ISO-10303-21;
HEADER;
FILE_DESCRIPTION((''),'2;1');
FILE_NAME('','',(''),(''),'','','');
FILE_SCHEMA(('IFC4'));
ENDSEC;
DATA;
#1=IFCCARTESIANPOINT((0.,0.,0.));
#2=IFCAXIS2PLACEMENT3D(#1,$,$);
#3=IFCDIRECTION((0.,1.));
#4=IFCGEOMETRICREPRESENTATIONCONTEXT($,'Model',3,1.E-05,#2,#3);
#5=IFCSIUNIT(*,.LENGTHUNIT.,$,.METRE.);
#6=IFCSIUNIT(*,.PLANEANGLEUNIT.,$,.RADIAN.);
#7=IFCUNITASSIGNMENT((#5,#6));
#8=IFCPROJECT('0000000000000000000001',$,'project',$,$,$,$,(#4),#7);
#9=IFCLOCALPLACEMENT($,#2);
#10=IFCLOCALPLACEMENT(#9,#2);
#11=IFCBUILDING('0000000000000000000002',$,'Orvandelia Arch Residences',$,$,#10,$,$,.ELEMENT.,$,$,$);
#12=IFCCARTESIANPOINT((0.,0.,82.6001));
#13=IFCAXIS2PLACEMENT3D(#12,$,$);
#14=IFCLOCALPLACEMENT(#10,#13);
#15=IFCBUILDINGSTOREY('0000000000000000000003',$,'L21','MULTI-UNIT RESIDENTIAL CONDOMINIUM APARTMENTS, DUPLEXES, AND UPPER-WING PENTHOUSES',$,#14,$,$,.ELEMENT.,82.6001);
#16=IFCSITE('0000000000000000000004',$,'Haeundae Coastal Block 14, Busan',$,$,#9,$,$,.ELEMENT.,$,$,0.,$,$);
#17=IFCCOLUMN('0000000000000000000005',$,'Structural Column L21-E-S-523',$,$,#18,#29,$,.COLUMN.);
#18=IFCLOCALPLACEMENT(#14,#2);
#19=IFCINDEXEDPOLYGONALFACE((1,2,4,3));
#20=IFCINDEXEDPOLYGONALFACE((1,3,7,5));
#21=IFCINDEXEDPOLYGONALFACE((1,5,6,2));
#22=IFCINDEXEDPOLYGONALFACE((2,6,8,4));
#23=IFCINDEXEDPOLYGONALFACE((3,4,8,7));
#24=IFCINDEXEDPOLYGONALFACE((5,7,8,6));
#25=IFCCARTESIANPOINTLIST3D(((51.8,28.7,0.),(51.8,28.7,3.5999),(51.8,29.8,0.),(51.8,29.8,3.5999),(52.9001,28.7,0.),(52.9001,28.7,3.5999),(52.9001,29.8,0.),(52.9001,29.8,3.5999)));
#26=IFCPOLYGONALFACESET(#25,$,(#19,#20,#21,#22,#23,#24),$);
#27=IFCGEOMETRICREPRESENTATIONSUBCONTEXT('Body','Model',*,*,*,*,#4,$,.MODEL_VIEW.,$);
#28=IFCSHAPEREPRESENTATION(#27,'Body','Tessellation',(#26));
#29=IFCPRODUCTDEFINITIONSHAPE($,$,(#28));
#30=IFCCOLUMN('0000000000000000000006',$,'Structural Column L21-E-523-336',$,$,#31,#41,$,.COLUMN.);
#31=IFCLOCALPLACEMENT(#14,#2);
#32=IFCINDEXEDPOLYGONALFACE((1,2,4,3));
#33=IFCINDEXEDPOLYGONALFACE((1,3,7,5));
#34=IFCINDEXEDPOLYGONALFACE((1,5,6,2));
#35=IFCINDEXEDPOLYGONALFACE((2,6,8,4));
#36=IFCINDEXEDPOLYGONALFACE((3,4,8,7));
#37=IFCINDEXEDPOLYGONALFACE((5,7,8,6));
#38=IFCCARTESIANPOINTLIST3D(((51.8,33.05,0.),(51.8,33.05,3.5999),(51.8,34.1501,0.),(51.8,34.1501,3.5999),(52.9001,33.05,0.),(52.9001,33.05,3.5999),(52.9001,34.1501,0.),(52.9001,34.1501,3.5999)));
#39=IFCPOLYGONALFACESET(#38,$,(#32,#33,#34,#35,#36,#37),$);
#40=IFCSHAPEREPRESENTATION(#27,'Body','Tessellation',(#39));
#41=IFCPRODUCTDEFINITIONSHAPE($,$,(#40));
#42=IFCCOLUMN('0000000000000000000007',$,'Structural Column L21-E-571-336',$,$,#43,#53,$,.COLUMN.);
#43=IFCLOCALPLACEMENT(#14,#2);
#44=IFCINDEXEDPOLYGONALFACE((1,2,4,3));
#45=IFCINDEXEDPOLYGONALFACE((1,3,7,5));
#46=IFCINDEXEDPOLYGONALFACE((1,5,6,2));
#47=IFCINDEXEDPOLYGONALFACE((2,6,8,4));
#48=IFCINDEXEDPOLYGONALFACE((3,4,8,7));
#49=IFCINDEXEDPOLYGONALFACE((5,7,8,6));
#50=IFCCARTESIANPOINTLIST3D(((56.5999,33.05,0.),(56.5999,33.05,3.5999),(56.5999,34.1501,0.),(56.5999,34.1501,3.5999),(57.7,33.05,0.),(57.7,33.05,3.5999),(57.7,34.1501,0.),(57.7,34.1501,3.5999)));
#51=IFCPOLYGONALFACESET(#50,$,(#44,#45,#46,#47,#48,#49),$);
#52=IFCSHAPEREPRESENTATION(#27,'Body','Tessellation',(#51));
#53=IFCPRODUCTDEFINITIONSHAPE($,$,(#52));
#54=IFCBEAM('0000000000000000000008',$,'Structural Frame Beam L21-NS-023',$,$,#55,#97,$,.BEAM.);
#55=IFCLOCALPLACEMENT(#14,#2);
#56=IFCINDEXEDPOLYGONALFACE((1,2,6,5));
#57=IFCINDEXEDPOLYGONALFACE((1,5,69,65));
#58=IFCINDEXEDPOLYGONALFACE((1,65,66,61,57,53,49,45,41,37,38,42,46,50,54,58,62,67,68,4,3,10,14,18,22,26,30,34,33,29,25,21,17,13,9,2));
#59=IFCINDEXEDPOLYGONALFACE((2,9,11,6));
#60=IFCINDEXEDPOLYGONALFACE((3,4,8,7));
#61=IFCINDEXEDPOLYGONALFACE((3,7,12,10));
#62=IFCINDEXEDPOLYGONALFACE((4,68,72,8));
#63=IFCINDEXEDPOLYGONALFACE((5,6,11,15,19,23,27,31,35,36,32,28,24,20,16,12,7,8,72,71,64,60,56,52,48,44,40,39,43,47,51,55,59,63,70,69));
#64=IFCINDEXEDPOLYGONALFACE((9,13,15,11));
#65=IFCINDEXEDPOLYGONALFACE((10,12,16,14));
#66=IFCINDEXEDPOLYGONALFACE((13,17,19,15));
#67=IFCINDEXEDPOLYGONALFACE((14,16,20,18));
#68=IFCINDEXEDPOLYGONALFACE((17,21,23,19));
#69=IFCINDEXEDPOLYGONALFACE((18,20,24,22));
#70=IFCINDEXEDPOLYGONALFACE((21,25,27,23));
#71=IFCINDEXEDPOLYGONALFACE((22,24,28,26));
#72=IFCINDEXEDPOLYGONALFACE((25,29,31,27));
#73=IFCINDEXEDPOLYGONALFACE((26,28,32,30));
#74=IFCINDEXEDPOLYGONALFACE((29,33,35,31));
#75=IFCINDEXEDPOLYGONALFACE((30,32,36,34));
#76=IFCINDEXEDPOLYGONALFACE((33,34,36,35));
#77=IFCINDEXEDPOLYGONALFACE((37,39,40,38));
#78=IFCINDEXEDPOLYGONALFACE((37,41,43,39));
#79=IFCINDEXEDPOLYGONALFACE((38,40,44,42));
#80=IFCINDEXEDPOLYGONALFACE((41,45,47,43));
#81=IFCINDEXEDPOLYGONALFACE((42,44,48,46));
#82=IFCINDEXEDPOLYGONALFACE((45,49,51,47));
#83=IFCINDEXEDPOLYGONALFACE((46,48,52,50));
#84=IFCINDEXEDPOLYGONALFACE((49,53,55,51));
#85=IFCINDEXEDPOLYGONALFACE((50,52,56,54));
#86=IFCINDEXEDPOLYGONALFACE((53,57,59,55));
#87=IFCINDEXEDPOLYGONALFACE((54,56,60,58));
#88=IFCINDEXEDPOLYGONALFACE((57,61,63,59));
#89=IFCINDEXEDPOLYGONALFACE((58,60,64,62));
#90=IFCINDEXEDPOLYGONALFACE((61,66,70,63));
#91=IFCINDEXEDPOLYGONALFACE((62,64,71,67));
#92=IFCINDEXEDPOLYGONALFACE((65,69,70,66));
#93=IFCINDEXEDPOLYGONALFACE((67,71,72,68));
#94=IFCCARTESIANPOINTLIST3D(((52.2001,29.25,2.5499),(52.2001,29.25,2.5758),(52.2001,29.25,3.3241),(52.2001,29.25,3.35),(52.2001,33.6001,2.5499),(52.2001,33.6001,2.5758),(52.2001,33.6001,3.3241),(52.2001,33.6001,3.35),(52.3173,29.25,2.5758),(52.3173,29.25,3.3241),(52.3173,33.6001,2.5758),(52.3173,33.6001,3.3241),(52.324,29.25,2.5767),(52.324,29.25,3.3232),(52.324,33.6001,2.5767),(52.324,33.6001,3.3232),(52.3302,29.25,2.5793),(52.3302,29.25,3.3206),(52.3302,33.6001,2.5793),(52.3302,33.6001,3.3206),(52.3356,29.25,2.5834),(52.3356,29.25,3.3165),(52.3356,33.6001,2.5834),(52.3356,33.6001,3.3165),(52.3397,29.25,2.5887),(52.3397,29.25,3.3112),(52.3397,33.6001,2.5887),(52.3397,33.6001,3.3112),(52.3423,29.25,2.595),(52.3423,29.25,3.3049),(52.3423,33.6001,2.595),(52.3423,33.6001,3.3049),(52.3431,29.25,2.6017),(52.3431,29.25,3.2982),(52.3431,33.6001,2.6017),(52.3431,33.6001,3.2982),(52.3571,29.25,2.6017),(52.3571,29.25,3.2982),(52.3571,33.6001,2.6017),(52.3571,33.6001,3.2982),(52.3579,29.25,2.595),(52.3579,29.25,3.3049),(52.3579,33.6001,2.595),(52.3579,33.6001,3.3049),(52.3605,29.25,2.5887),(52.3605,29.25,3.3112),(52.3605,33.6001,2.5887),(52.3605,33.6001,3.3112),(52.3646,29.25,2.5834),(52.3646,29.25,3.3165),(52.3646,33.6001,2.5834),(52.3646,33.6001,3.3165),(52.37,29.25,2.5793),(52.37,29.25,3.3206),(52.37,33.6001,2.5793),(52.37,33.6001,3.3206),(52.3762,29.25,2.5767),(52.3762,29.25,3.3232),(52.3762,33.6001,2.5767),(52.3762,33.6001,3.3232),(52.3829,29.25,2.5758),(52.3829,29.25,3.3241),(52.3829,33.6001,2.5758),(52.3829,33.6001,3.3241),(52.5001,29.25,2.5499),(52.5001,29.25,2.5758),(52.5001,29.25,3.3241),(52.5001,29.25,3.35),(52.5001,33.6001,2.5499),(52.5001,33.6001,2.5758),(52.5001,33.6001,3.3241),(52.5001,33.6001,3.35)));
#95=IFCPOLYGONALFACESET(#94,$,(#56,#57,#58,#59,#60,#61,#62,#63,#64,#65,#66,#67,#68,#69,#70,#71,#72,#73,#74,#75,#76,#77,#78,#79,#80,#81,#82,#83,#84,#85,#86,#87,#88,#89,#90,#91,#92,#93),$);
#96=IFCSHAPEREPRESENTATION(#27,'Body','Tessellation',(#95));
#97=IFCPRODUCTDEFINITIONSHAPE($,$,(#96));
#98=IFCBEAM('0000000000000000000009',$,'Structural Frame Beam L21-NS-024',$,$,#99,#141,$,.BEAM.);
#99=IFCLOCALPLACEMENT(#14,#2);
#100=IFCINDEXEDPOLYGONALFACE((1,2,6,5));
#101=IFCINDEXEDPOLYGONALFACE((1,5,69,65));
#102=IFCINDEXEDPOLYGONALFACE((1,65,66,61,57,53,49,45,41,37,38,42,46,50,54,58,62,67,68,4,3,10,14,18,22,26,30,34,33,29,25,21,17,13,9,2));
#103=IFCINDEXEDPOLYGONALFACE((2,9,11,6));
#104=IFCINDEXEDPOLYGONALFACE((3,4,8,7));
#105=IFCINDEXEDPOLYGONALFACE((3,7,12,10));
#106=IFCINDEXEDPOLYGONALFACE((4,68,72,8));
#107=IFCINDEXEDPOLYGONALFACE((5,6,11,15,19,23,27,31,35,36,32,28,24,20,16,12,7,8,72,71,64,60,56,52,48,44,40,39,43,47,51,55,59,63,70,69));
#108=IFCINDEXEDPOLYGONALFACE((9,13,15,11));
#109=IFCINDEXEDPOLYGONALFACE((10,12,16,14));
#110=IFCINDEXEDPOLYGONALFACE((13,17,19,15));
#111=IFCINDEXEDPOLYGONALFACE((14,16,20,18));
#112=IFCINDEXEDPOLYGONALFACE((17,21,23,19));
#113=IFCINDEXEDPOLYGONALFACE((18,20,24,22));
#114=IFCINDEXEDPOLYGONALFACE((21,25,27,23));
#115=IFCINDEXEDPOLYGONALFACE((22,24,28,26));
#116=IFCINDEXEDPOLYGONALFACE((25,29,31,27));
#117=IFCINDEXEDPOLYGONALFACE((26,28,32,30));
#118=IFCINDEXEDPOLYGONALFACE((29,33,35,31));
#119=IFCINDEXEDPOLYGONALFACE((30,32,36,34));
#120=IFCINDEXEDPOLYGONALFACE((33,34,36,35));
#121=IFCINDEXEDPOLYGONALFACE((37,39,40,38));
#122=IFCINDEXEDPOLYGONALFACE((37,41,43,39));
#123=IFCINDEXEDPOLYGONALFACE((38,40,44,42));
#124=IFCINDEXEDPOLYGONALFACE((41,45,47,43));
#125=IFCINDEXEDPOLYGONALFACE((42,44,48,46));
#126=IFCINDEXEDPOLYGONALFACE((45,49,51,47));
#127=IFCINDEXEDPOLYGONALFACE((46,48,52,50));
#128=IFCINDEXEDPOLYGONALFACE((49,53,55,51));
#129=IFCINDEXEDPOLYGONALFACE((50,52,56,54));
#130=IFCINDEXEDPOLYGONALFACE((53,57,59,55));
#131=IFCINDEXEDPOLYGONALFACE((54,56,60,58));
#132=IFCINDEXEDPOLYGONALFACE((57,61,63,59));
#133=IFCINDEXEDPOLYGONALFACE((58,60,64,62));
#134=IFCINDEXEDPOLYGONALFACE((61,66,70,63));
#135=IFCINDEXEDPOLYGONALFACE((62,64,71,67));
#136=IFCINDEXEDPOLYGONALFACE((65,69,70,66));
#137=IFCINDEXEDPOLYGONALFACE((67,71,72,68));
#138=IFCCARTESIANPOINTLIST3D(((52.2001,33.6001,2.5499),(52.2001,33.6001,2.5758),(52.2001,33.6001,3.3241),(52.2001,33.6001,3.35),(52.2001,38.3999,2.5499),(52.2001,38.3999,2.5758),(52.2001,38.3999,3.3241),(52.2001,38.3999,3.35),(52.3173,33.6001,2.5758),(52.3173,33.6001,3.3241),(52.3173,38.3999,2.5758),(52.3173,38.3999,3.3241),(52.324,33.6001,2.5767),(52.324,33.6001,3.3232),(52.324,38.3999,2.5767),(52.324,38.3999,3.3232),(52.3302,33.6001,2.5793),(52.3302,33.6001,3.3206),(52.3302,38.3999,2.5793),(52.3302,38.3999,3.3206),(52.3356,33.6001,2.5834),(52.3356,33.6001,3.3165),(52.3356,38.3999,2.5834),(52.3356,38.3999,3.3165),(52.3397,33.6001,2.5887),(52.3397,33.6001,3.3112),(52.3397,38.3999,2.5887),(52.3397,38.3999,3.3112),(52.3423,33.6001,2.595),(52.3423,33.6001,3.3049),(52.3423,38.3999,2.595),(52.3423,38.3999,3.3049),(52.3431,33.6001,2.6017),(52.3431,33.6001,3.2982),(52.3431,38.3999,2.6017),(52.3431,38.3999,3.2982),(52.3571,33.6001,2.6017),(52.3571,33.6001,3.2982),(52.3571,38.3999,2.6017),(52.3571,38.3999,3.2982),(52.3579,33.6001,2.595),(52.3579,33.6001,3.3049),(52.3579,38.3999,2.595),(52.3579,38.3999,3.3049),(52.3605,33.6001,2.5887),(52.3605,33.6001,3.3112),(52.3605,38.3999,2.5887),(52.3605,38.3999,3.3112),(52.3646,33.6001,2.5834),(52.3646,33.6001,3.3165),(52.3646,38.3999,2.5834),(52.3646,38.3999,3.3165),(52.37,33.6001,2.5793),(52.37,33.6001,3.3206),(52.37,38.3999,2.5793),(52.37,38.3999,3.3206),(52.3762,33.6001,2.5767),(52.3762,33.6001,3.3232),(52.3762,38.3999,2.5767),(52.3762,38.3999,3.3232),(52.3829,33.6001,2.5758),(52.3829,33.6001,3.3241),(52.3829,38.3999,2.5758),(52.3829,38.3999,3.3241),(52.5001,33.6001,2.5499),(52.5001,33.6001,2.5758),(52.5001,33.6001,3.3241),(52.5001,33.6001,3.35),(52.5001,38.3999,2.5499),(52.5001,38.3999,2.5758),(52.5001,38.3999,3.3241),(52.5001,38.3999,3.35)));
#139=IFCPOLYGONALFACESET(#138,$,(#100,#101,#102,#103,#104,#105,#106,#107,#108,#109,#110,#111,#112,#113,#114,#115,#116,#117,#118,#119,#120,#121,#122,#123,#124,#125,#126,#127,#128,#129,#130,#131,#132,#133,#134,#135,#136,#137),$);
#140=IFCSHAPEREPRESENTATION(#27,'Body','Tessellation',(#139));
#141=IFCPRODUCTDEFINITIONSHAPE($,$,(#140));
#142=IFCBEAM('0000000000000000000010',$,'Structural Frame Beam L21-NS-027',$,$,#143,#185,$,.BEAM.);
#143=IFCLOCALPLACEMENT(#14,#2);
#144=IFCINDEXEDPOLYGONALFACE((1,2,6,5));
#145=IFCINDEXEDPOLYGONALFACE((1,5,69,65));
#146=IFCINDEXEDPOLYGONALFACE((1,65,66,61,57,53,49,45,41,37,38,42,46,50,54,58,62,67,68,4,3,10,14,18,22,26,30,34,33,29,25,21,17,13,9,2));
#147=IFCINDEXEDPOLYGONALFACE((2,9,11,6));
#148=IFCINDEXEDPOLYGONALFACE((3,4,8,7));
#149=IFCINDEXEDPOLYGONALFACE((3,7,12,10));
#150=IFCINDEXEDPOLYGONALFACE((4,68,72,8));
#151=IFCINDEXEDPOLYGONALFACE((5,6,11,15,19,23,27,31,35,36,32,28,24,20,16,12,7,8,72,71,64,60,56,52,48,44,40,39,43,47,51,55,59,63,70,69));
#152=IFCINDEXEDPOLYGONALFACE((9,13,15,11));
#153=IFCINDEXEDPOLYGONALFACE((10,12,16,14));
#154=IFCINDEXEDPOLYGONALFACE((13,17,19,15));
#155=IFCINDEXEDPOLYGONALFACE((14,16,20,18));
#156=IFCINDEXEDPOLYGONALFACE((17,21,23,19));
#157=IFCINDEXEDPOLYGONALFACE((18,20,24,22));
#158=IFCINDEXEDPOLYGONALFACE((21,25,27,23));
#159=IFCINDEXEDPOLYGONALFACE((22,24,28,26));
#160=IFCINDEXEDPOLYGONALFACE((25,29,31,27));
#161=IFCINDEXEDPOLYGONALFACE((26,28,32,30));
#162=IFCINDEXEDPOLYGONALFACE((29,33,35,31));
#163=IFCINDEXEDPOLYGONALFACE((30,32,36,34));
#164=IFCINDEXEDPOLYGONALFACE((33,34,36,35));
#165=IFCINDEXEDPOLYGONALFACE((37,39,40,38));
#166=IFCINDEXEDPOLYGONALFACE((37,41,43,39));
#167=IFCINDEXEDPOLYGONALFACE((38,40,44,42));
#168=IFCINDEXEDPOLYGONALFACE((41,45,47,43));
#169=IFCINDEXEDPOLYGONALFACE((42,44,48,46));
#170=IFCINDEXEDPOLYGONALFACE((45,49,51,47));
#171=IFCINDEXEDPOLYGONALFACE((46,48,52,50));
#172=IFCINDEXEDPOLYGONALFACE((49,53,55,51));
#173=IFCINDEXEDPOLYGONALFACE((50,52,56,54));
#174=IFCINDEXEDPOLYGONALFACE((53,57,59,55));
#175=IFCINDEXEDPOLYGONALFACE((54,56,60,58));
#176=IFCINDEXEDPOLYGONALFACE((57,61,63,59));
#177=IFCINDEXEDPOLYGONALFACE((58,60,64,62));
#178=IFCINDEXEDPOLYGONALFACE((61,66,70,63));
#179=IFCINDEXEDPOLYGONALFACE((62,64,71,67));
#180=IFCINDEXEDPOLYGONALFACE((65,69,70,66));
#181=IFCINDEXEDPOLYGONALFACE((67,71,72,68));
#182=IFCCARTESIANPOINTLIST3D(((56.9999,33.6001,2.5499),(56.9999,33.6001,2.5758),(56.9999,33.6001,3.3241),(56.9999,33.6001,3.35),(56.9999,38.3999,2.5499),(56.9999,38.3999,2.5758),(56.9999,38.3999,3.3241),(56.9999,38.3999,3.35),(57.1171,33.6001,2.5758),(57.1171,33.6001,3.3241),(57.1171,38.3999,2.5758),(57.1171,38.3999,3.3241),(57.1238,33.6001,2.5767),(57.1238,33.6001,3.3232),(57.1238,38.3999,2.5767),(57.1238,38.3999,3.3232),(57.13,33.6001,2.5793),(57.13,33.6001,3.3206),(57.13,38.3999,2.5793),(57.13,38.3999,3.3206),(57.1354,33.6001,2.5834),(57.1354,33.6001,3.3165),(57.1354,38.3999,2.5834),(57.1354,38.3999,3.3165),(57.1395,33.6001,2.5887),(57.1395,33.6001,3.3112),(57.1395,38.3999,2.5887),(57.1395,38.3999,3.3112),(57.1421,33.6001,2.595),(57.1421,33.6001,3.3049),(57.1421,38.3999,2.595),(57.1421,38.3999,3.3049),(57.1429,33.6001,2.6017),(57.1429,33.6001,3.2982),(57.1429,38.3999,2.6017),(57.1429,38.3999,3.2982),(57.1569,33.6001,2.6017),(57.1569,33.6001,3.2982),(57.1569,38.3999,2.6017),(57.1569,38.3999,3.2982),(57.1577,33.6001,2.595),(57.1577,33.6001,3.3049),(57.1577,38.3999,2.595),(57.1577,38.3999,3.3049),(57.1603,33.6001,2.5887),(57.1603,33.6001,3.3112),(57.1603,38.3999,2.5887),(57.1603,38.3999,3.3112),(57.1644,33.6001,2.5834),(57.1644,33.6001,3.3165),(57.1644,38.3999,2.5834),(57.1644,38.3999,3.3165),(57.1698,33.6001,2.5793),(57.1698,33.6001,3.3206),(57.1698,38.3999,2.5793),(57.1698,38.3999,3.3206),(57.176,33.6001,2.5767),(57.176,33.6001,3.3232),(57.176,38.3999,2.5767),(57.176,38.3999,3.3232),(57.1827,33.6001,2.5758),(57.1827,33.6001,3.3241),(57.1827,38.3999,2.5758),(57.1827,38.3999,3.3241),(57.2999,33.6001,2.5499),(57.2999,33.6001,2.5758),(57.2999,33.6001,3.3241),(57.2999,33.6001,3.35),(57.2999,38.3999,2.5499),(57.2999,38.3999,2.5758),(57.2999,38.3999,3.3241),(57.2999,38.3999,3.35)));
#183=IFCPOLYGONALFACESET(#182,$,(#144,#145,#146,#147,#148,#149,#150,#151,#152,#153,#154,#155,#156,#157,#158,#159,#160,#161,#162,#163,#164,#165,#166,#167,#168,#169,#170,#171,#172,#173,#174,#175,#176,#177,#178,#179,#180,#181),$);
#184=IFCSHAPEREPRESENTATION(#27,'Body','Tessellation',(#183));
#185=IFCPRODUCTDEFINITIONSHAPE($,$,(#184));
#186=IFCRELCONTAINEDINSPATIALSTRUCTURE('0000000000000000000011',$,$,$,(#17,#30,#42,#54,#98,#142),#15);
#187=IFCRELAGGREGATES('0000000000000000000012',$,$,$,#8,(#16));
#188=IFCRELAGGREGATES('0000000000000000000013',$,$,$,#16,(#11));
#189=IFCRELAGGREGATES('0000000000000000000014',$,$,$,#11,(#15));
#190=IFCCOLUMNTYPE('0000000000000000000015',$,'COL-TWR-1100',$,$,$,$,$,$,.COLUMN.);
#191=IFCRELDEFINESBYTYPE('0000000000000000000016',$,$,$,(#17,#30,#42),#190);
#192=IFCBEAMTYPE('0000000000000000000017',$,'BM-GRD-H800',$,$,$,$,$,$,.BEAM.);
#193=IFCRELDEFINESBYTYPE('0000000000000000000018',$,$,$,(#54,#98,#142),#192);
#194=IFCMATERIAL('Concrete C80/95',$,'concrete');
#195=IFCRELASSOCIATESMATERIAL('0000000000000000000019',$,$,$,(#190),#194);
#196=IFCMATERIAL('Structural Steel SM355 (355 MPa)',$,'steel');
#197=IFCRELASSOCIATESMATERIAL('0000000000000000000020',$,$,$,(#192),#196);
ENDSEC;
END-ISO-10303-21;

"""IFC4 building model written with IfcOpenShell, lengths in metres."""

from ifc_helpers import new_model, si_unit, direction, frame, origin, origin_2d, place, context, subcontext, project, spatial, rectangle, i_section, extrude, material, material_profile, profile_set, type_object, element, save


model = new_model("IFC4")

# Units and contexts
model_context = context("Model", 3, precision=1e-05, world=origin(), true_north=direction((0.0, 1.0)))
body_context = subcontext(model_context, "Body", "Model", "MODEL_VIEW")
ifc_project = project(units=[si_unit("LENGTHUNIT", "METRE"), si_unit("PLANEANGLEUNIT", "RADIAN")], contexts=[model_context])

# Site, building, storey
site_placement = place(None, origin())
site = spatial("IfcSite", under=ifc_project, at=site_placement, Name="Haeundae Coastal Block 14, Busan", CompositionType="ELEMENT", RefElevation=0.0)
building_placement = place(site_placement, origin())
building = spatial("IfcBuilding", under=site, at=building_placement, Name="Orvandelia Arch Residences", CompositionType="ELEMENT")
storey_placement = place(building_placement, frame((0.0, 0.0, 82.6001)))
storey = spatial("IfcBuildingStorey", under=building, at=storey_placement, Name="L21", Description="MULTI-UNIT RESIDENTIAL CONDOMINIUM APARTMENTS, DUPLEXES, AND UPPER-WING PENTHOUSES", CompositionType="ELEMENT", Elevation=82.6001)

# Columns
ifc_material_1 = material(Name="Concrete C80/95", Category="concrete")
ifc_material_profile_1 = material_profile(ifc_material_1, rectangle(XDim=1.1001, YDim=1.1001, at=origin_2d()), Name="Concrete C80/95", Category="concrete")
ifc_profile_set_1 = profile_set([ifc_material_profile_1], Name="Concrete C80/95")
column_type = type_object("IfcColumnType", Name="COL-TWR-1100", PredefinedType="COLUMN", material=ifc_profile_set_1)
for number, where, z_axis, x_axis, name in (
    (1, (52.3501, 29.25, 0.0), (0.0, 0.0, 1.0), (1.0, 0.0, 0.0), "Structural Column L21-E-S-523"),
    (2, (52.3501, 33.6001, 0.0), (0.0, 0.0, 1.0), (1.0, 0.0, 0.0), "Structural Column L21-E-523-336"),
    (3, (57.1499, 33.6001, 0.0), (0.0, 0.0, 1.0), (1.0, 0.0, 0.0), "Structural Column L21-E-571-336"),
):
    element("IfcColumn", number, at=place(storey_placement, frame(where, z_axis=z_axis, x_axis=x_axis)), inside=storey, type_object=column_type, Name=name, PredefinedType="COLUMN", context=body_context, shape_type="SweptSolid", body=[
        extrude(rectangle(XDim=1.1001, YDim=1.1001, at=origin_2d()), origin(), (0.0, 0.0, 1.0), 3.5999),
    ])

# Beams
ifc_material_2 = material(Name="Structural Steel SM355 (355 MPa)", Category="steel")
ifc_material_profile_2 = material_profile(ifc_material_2, i_section(OverallWidth=0.3, OverallDepth=0.8, WebThickness=0.0139, FlangeThickness=0.0259, FilletRadius=0.0259, at=origin_2d()), Name="Structural Steel SM355 (355 MPa)", Category="steel")
ifc_profile_set_2 = profile_set([ifc_material_profile_2], Name="Structural Steel SM355 (355 MPa)")
beam_type = type_object("IfcBeamType", Name="BM-GRD-H800", PredefinedType="BEAM", material=ifc_profile_set_2)
beam_placement = place(storey_placement, frame((52.3501, 29.25, 2.95), z_axis=(0.0, 1.0, 0.0), x_axis=(-1.0, 0.0, 0.0)))
element("IfcBeam", 4, at=beam_placement, inside=storey, type_object=beam_type, Name="Structural Frame Beam L21-NS-023", PredefinedType="BEAM", context=body_context, shape_type="SweptSolid", body=[
    extrude(i_section(OverallWidth=0.3, OverallDepth=0.8, WebThickness=0.0139, FlangeThickness=0.0259, FilletRadius=0.0259, at=origin_2d()), origin(), (0.0, 0.0, 1.0), 4.3501),
])
for number, where, z_axis, x_axis, name in (
    (5, (52.3501, 33.6001, 2.95), (0.0, 1.0, 0.0), (-1.0, 0.0, 0.0), "Structural Frame Beam L21-NS-024"),
    (6, (57.1499, 33.6001, 2.95), (0.0, 1.0, 0.0), (-1.0, 0.0, 0.0), "Structural Frame Beam L21-NS-027"),
):
    element("IfcBeam", number, at=place(storey_placement, frame(where, z_axis=z_axis, x_axis=x_axis)), inside=storey, type_object=beam_type, Name=name, PredefinedType="BEAM", context=body_context, shape_type="SweptSolid", body=[
        extrude(i_section(OverallWidth=0.3, OverallDepth=0.8, WebThickness=0.0139, FlangeThickness=0.0259, FilletRadius=0.0259, at=origin_2d()), origin(), (0.0, 0.0, 1.0), 4.7998),
    ])

save(model, "model.ifc")
